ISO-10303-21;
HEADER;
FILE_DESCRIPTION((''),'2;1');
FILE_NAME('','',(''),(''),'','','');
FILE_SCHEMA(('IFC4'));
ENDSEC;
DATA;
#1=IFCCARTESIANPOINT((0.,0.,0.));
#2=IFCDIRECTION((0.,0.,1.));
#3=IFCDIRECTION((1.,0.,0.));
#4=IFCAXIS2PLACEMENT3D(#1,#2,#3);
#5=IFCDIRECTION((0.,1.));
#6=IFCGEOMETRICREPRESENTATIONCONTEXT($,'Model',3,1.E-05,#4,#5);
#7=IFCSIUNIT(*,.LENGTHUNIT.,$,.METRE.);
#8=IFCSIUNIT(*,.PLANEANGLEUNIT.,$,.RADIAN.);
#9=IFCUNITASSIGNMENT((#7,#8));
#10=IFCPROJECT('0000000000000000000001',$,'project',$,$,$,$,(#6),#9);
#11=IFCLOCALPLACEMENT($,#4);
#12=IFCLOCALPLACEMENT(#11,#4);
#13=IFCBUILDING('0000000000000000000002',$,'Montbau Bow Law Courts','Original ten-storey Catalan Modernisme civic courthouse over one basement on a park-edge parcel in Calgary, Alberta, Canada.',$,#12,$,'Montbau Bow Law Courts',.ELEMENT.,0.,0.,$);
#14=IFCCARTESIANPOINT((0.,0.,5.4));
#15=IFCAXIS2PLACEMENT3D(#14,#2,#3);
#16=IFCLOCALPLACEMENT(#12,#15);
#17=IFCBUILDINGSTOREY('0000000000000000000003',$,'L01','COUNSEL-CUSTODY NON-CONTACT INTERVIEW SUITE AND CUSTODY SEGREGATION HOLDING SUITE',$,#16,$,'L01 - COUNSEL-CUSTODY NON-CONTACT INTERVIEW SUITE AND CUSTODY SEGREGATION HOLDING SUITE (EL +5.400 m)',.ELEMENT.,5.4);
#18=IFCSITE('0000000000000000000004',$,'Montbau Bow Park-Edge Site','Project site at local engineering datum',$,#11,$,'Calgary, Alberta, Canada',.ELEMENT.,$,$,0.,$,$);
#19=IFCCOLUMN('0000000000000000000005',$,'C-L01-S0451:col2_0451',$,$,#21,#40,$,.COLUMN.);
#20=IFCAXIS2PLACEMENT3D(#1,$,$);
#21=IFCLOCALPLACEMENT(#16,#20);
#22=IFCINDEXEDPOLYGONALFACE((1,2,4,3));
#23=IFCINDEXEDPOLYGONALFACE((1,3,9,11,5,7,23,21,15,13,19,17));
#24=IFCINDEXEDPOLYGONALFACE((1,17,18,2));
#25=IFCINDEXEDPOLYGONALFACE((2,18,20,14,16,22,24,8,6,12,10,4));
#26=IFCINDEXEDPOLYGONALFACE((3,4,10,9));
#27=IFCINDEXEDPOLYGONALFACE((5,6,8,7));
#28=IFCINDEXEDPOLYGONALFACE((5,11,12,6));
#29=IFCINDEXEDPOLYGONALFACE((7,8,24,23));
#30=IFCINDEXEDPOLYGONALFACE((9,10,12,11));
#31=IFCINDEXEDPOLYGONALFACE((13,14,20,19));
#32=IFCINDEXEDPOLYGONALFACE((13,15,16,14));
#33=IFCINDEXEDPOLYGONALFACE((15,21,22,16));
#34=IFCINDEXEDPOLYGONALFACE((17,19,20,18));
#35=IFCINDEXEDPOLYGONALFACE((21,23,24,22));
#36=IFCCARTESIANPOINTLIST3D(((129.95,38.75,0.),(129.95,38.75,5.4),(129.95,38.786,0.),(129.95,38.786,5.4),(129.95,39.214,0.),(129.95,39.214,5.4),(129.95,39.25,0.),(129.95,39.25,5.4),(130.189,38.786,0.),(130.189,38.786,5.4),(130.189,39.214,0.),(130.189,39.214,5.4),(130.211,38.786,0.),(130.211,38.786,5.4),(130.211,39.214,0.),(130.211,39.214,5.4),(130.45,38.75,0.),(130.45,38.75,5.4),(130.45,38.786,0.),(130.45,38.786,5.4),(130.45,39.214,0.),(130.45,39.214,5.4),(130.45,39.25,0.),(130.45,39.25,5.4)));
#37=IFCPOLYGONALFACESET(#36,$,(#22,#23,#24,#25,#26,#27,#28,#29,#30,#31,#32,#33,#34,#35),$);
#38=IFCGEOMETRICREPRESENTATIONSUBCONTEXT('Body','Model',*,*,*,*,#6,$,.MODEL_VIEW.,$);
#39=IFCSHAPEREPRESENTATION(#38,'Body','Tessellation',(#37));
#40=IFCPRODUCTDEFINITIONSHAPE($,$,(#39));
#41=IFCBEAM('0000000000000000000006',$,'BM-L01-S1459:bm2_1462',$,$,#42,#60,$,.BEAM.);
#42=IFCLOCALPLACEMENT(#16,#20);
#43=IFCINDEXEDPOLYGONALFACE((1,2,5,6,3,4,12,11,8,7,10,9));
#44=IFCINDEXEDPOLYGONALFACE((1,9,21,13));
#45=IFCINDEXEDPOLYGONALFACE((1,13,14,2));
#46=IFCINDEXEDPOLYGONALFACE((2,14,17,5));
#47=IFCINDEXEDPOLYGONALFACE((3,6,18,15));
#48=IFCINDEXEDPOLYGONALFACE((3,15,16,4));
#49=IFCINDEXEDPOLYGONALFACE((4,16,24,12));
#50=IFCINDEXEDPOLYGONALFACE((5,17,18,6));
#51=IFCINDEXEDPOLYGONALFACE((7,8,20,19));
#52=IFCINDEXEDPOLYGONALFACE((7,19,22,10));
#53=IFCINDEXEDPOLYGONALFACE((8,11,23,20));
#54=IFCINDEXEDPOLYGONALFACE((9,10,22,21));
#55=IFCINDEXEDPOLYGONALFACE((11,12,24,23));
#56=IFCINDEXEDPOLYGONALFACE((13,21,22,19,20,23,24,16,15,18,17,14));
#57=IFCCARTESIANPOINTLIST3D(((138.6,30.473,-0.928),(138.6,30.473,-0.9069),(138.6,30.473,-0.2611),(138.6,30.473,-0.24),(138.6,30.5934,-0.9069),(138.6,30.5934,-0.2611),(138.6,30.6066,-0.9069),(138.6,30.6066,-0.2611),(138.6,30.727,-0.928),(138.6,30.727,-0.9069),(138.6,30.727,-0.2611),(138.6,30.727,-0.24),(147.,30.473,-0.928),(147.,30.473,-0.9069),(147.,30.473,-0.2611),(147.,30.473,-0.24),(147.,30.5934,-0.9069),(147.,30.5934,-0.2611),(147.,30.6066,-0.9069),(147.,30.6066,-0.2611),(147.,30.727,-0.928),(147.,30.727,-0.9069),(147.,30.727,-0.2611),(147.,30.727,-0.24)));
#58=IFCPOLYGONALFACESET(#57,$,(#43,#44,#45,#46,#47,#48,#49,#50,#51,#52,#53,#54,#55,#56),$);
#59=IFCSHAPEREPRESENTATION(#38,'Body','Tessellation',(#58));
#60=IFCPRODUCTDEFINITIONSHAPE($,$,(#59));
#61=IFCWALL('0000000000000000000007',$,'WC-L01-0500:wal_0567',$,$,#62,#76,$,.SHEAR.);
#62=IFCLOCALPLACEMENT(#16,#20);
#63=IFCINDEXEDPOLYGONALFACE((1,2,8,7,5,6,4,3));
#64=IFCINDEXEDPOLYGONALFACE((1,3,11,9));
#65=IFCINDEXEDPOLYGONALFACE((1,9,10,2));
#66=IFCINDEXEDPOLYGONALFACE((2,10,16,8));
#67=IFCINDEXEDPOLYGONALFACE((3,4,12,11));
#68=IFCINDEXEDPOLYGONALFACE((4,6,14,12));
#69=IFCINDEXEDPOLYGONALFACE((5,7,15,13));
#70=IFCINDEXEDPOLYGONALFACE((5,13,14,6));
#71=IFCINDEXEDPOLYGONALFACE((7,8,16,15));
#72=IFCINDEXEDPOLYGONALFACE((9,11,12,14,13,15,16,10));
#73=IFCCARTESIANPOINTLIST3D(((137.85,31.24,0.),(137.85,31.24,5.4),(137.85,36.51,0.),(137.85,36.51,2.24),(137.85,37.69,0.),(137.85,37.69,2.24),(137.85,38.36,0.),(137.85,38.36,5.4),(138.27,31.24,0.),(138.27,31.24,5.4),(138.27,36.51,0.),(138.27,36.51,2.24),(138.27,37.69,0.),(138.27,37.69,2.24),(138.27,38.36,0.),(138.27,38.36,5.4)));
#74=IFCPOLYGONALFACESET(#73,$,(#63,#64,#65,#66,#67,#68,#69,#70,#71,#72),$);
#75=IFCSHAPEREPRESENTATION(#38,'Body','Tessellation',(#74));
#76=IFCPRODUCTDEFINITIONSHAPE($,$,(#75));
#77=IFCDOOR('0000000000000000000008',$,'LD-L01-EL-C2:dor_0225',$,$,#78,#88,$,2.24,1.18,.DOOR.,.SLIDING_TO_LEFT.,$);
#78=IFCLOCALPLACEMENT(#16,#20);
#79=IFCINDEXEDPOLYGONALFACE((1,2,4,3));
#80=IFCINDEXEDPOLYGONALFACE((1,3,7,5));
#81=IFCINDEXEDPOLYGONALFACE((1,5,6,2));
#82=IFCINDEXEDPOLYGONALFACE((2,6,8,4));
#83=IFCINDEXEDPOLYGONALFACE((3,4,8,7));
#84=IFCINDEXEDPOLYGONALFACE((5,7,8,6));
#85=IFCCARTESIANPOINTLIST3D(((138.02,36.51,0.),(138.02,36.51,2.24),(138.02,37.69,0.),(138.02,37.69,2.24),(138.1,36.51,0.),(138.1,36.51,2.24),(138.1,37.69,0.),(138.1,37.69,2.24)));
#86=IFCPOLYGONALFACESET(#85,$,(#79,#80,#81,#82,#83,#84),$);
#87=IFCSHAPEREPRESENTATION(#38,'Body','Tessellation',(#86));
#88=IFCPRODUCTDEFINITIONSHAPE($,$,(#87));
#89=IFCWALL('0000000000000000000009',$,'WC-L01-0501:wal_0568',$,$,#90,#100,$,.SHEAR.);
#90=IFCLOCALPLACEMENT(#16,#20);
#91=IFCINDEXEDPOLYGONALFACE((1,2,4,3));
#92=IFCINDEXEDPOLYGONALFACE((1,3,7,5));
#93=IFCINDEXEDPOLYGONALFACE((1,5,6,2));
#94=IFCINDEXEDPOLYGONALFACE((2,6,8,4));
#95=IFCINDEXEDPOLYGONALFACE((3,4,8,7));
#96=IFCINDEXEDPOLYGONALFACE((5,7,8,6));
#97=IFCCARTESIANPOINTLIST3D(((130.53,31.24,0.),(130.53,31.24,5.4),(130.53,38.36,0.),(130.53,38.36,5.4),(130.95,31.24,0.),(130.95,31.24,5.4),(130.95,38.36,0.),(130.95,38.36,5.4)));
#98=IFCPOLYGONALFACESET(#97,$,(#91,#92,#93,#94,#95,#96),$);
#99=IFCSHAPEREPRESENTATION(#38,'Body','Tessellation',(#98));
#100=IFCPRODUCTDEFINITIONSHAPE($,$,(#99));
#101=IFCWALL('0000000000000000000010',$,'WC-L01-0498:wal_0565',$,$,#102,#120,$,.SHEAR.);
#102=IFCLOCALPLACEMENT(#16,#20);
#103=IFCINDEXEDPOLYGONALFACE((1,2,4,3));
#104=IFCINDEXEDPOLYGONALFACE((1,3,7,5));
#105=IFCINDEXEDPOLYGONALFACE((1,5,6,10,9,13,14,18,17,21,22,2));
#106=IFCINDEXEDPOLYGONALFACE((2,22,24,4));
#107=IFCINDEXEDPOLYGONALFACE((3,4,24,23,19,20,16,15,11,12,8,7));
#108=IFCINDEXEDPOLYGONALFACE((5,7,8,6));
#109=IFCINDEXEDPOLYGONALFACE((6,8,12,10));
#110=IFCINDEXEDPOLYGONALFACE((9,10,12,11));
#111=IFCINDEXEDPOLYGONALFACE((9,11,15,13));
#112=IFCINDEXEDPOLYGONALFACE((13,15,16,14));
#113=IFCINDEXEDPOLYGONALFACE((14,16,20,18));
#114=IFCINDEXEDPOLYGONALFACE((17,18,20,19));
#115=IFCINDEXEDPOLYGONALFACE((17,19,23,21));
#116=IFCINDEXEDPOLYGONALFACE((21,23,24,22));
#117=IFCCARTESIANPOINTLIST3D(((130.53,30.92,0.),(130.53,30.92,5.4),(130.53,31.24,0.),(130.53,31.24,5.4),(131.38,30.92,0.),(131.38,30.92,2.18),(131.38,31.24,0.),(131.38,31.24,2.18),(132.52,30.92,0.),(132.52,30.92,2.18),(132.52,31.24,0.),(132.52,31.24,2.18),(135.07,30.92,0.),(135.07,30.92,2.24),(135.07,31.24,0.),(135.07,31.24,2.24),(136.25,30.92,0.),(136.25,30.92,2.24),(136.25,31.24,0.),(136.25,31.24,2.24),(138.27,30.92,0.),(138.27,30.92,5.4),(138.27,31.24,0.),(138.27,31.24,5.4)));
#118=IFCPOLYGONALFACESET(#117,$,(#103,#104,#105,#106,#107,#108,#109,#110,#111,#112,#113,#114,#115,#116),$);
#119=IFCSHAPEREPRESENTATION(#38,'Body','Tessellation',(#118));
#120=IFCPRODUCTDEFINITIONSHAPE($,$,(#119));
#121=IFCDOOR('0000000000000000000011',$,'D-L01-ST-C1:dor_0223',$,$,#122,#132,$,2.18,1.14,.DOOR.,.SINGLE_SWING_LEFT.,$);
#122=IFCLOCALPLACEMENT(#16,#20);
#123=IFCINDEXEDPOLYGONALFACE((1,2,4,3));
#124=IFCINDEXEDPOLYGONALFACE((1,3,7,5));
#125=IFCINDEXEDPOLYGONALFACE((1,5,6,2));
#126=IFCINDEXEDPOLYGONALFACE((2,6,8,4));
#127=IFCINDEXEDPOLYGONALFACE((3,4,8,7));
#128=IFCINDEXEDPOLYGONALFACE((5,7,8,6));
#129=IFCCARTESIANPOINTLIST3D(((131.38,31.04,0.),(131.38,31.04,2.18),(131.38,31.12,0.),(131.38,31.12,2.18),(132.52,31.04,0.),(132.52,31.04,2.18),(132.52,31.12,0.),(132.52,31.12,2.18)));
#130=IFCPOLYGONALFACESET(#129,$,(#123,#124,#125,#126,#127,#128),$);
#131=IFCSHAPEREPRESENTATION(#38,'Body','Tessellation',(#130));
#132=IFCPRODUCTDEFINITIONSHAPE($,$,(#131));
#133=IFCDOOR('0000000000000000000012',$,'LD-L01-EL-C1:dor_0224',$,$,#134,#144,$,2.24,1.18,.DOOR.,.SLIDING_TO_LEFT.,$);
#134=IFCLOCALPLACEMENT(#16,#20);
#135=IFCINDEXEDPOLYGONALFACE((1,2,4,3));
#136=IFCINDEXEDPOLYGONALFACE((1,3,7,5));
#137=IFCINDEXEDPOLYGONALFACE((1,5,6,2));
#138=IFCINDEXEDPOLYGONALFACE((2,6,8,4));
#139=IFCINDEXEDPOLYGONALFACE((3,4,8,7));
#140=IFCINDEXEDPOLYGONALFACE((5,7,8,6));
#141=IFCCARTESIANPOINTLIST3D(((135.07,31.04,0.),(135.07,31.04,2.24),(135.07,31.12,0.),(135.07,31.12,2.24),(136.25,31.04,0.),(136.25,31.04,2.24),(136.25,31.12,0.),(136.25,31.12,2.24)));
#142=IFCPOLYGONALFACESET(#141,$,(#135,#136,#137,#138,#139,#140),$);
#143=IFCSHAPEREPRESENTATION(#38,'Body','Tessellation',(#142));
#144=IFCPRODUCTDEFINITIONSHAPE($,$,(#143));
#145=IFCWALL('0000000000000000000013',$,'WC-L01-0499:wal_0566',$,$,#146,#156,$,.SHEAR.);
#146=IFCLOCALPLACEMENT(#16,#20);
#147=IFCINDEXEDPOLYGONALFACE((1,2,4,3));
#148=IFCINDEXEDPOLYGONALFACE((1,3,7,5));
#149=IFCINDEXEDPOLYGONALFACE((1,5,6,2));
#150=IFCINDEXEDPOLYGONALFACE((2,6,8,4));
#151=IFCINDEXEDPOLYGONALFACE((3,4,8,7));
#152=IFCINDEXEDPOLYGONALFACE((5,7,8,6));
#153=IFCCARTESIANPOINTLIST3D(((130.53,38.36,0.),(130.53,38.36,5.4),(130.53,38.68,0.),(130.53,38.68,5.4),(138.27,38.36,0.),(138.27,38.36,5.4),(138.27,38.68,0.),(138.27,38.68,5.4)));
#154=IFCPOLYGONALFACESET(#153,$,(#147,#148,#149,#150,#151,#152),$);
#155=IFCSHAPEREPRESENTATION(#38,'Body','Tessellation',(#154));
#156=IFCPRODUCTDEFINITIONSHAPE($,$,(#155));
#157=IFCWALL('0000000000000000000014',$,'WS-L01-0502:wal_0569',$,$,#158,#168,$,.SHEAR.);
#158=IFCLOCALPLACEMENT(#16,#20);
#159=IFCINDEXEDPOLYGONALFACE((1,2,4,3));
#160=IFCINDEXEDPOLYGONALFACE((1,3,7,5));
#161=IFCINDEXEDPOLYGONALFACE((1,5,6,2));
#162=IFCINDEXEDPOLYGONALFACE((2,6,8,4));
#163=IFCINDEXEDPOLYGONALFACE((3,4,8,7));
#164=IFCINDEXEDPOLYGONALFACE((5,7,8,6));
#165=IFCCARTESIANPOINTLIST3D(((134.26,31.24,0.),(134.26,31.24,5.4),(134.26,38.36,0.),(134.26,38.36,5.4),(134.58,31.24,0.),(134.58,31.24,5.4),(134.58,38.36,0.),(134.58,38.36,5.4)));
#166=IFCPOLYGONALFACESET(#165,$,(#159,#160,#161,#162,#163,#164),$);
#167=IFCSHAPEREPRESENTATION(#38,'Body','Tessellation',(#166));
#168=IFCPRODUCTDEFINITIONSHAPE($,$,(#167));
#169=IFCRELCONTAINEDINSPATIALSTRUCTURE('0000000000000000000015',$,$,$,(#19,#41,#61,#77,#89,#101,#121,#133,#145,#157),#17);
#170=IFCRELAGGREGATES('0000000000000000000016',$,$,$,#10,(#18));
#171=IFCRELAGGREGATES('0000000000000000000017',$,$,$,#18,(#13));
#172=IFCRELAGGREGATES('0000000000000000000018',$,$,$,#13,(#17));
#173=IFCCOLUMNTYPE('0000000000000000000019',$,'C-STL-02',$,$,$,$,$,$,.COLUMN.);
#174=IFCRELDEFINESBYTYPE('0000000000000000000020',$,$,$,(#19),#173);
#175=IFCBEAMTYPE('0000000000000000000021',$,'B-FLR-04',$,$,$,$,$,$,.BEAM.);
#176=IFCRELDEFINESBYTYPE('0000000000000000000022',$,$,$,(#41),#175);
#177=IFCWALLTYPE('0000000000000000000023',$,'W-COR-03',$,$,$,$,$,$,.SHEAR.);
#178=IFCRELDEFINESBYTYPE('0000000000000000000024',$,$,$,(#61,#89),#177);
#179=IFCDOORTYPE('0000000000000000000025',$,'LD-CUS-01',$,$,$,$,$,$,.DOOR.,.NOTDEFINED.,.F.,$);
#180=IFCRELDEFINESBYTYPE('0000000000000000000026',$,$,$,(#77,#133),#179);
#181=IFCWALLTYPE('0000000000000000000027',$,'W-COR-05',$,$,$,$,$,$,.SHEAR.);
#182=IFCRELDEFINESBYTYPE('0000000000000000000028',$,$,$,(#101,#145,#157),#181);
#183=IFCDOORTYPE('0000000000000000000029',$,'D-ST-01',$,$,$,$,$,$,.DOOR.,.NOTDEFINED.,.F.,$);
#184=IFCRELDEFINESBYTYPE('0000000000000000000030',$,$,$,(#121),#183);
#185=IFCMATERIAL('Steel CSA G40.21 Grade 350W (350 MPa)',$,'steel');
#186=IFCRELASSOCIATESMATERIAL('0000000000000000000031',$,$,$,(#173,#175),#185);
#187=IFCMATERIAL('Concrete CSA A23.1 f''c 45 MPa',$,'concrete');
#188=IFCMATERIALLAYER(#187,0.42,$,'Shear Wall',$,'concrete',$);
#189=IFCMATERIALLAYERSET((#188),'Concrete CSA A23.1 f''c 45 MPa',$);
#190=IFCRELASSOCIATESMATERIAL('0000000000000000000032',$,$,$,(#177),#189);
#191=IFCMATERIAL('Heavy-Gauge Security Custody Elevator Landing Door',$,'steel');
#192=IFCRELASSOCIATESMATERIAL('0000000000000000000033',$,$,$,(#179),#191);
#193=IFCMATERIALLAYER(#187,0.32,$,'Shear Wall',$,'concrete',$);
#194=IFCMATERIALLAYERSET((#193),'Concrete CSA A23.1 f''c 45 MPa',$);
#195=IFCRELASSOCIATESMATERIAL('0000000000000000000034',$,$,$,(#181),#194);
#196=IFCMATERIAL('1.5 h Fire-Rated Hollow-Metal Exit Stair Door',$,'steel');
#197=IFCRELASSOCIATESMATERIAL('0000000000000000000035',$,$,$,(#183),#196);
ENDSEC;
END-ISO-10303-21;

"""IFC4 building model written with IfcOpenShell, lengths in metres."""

from ifc_helpers import new_model, si_unit, direction, frame, frame_2d, origin_with_axes, origin_2d_with_axis, place, context, subcontext, project, spatial, rectangle, i_section, extrude, material, layer, layer_set, material_profile, profile_set, type_object, element, fill, save


model = new_model("IFC4")

# Units and contexts
model_context = context("Model", 3, precision=1e-05, world=origin_with_axes(), true_north=direction((0.0, 1.0)))
body_context = subcontext(model_context, "Body", "Model", "MODEL_VIEW")
ifc_project = project(units=[si_unit("LENGTHUNIT", "METRE"), si_unit("PLANEANGLEUNIT", "RADIAN")], contexts=[model_context])

# Site, building, storey
site_placement = place(None, origin_with_axes())
site = spatial("IfcSite", under=ifc_project, at=site_placement, Name="Montbau Bow Park-Edge Site", Description="Project site at local engineering datum", LongName="Calgary, Alberta, Canada", CompositionType="ELEMENT", RefElevation=0.0)
building_placement = place(site_placement, origin_with_axes())
building = spatial("IfcBuilding", under=site, at=building_placement, Name="Montbau Bow Law Courts", Description="Original ten-storey Catalan Modernisme civic courthouse over one basement on a park-edge parcel in Calgary, Alberta, Canada.", LongName="Montbau Bow Law Courts", CompositionType="ELEMENT", ElevationOfRefHeight=0.0, ElevationOfTerrain=0.0)
storey_placement = place(building_placement, frame((0.0, 0.0, 5.4), z_axis=(0.0, 0.0, 1.0), x_axis=(1.0, 0.0, 0.0)))
storey = spatial("IfcBuildingStorey", under=building, at=storey_placement, Name="L01", Description="COUNSEL-CUSTODY NON-CONTACT INTERVIEW SUITE AND CUSTODY SEGREGATION HOLDING SUITE", LongName="L01 - COUNSEL-CUSTODY NON-CONTACT INTERVIEW SUITE AND CUSTODY SEGREGATION HOLDING SUITE (EL +5.400 m)", CompositionType="ELEMENT", Elevation=5.4)

# Column
ifc_material_1 = material(Name="Steel CSA G40.21 Grade 350W (350 MPa)", Category="steel")
ifc_material_profile_1 = material_profile(ifc_material_1, i_section(OverallWidth=0.5, OverallDepth=0.5, WebThickness=0.022, FlangeThickness=0.036, at=origin_2d_with_axis()), Name="WWF500X343", Category="Main", Priority=0)
ifc_profile_set_1 = profile_set([ifc_material_profile_1], Name="Steel CSA G40.21 Grade 350W (350 MPa)")
column_type = type_object("IfcColumnType", Name="C-STL-02", PredefinedType="COLUMN", material=ifc_profile_set_1)
column_placement = place(None, frame((130.2, 39.0, 5.4), z_axis=(0.0, 0.0, 1.0), x_axis=(1.0, 0.0, 0.0)))
element("IfcColumn", 1, at=column_placement, inside=storey, type_object=column_type, Name="C-L01-S0451:col2_0451", PredefinedType="COLUMN", context=body_context, shape_type="SweptSolid", body=[
    extrude(i_section(OverallWidth=0.5, OverallDepth=0.5, WebThickness=0.022, FlangeThickness=0.036, at=origin_2d_with_axis()), origin_with_axes(), (0.0, 0.0, 1.0), 5.4),
])

# Beam
ifc_material_profile_2 = material_profile(ifc_material_1, i_section(OverallWidth=0.254, OverallDepth=0.688, WebThickness=0.0131, FlangeThickness=0.0211, at=origin_2d_with_axis()), Name="W690X152", Category="Main", Priority=0)
ifc_profile_set_2 = profile_set([ifc_material_profile_2], Name="Steel CSA G40.21 Grade 350W (350 MPa)")
beam_type = type_object("IfcBeamType", Name="B-FLR-04", PredefinedType="BEAM", material=ifc_profile_set_2)
beam_placement = place(None, frame((138.6, 30.6, 4.816), z_axis=(1.0, 0.0, 0.0), x_axis=(0.0, 1.0, 0.0)))
element("IfcBeam", 2, at=beam_placement, inside=storey, type_object=beam_type, Name="BM-L01-S1459:bm2_1462", PredefinedType="BEAM", context=body_context, shape_type="SweptSolid", body=[
    extrude(i_section(OverallWidth=0.254, OverallDepth=0.688, WebThickness=0.0131, FlangeThickness=0.0211, at=origin_2d_with_axis()), origin_with_axes(), (0.0, 0.0, 1.0), 8.4),
])

# Wall, opening, door
ifc_material_2 = material(Name="Concrete CSA A23.1 f'c 45 MPa", Category="concrete")
ifc_layer_1 = layer(ifc_material_2, 0.42, Name="Shear Wall", Category="concrete")
ifc_layer_set_1 = layer_set([ifc_layer_1], Name="Concrete CSA A23.1 f'c 45 MPa")
wall_type_1 = type_object("IfcWallType", Name="W-COR-03", PredefinedType="SHEAR", material=ifc_layer_set_1)
wall_1_placement = place(None, frame((138.06, 31.24, 5.4), z_axis=(0.0, 0.0, 1.0), x_axis=(0.0, 1.0, 0.0)))
wall_1 = element("IfcWall", 3, at=wall_1_placement, inside=storey, type_object=wall_type_1, Name="WC-L01-0500:wal_0567", PredefinedType="SHEAR", context=body_context, shape_type="SweptSolid", body=[
    extrude(rectangle(XDim=7.12, YDim=0.42, at=frame_2d((3.56, 0.0), x_axis=(1.0, 0.0))), origin_with_axes(), (0.0, 0.0, 1.0), 5.4),
])
opening_1_placement = place(None, frame((138.06, 37.1, 5.4), z_axis=(0.0, 0.0, 1.0), x_axis=(0.0, 1.0, 0.0)))
opening_1 = element("IfcOpeningElement", 4, at=opening_1_placement, cuts=wall_1, PredefinedType="OPENING", context=body_context, shape_type="SweptSolid", body=[
    extrude(rectangle(XDim=1.18, YDim=2.24, at=frame_2d((0.0, 1.12), x_axis=(1.0, 0.0))), frame((0.0, 0.22, 0.0), z_axis=(0.0, -1.0, 0.0), x_axis=(1.0, 0.0, 0.0)), (0.0, 0.0, 1.0), 0.44),
])
ifc_material_3 = material(Name="Heavy-Gauge Security Custody Elevator Landing Door", Category="steel")
door_type_1 = type_object("IfcDoorType", Name="LD-CUS-01", OperationType="NOTDEFINED", ParameterTakesPrecedence=False, PredefinedType="DOOR", material=ifc_material_3)
door_1_placement = place(None, frame((138.06, 37.1, 5.4), z_axis=(0.0, 0.0, 1.0), x_axis=(0.0, 1.0, 0.0)))
door_1 = element("IfcDoor", 5, at=door_1_placement, inside=storey, type_object=door_type_1, Name="LD-L01-EL-C2:dor_0225", OperationType="SLIDING_TO_LEFT", OverallHeight=2.24, OverallWidth=1.18, PredefinedType="DOOR", context=body_context, shape_type="SweptSolid", body=[
    extrude(rectangle(XDim=1.18, YDim=2.24, at=frame_2d((0.0, 1.12), x_axis=(1.0, 0.0))), frame((0.0, 0.04, 0.0), z_axis=(0.0, -1.0, 0.0), x_axis=(1.0, 0.0, 0.0)), (0.0, 0.0, 1.0), 0.08),
])
fill(opening_1, door_1)

# Wall
wall_2_placement = place(None, frame((130.74, 38.36, 5.4), z_axis=(0.0, 0.0, 1.0), x_axis=(0.0, -1.0, 0.0)))
element("IfcWall", 6, at=wall_2_placement, inside=storey, type_object=wall_type_1, Name="WC-L01-0501:wal_0568", PredefinedType="SHEAR", context=body_context, shape_type="SweptSolid", body=[
    extrude(rectangle(XDim=7.12, YDim=0.42, at=frame_2d((3.56, 0.0), x_axis=(1.0, 0.0))), origin_with_axes(), (0.0, 0.0, 1.0), 5.4),
])

# Wall, openings, doors
ifc_layer_2 = layer(ifc_material_2, 0.32, Name="Shear Wall", Category="concrete")
ifc_layer_set_2 = layer_set([ifc_layer_2], Name="Concrete CSA A23.1 f'c 45 MPa")
wall_type_2 = type_object("IfcWallType", Name="W-COR-05", PredefinedType="SHEAR", material=ifc_layer_set_2)
wall_3_placement = place(None, frame((130.53, 31.08, 5.4), z_axis=(0.0, 0.0, 1.0), x_axis=(1.0, 0.0, 0.0)))
wall_3 = element("IfcWall", 7, at=wall_3_placement, inside=storey, type_object=wall_type_2, Name="WC-L01-0498:wal_0565", PredefinedType="SHEAR", context=body_context, shape_type="SweptSolid", body=[
    extrude(rectangle(XDim=7.74, YDim=0.32, at=frame_2d((3.87, 0.0), x_axis=(1.0, 0.0))), origin_with_axes(), (0.0, 0.0, 1.0), 5.4),
])
opening_2_placement = place(None, frame((131.95, 31.08, 5.4), z_axis=(0.0, 0.0, 1.0), x_axis=(1.0, 0.0, 0.0)))
opening_2 = element("IfcOpeningElement", 8, at=opening_2_placement, cuts=wall_3, PredefinedType="OPENING", context=body_context, shape_type="SweptSolid", body=[
    extrude(rectangle(XDim=1.14, YDim=2.18, at=frame_2d((0.0, 1.09), x_axis=(1.0, 0.0))), frame((0.0, 0.17, 0.0), z_axis=(0.0, -1.0, 0.0), x_axis=(1.0, 0.0, 0.0)), (0.0, 0.0, 1.0), 0.34),
])
opening_3_placement = place(None, frame((135.66, 31.08, 5.4), z_axis=(0.0, 0.0, 1.0), x_axis=(1.0, 0.0, 0.0)))
opening_3 = element("IfcOpeningElement", 9, at=opening_3_placement, cuts=wall_3, PredefinedType="OPENING", context=body_context, shape_type="SweptSolid", body=[
    extrude(rectangle(XDim=1.18, YDim=2.24, at=frame_2d((0.0, 1.12), x_axis=(1.0, 0.0))), frame((0.0, 0.17, 0.0), z_axis=(0.0, -1.0, 0.0), x_axis=(1.0, 0.0, 0.0)), (0.0, 0.0, 1.0), 0.34),
])
ifc_material_4 = material(Name="1.5 h Fire-Rated Hollow-Metal Exit Stair Door", Category="steel")
door_type_2 = type_object("IfcDoorType", Name="D-ST-01", OperationType="NOTDEFINED", ParameterTakesPrecedence=False, PredefinedType="DOOR", material=ifc_material_4)
door_2_placement = place(None, frame((131.95, 31.08, 5.4), z_axis=(0.0, 0.0, 1.0), x_axis=(-1.0, 0.0, 0.0)))
door_2 = element("IfcDoor", 10, at=door_2_placement, inside=storey, type_object=door_type_2, Name="D-L01-ST-C1:dor_0223", OperationType="SINGLE_SWING_LEFT", OverallHeight=2.18, OverallWidth=1.14, PredefinedType="DOOR", context=body_context, shape_type="SweptSolid", body=[
    extrude(rectangle(XDim=1.14, YDim=2.18, at=frame_2d((0.0, 1.09), x_axis=(1.0, 0.0))), frame((0.0, 0.04, 0.0), z_axis=(0.0, -1.0, 0.0), x_axis=(1.0, 0.0, 0.0)), (0.0, 0.0, 1.0), 0.08),
])
fill(opening_2, door_2)
door_3_placement = place(None, frame((135.66, 31.08, 5.4), z_axis=(0.0, 0.0, 1.0), x_axis=(-1.0, 0.0, 0.0)))
door_3 = element("IfcDoor", 11, at=door_3_placement, inside=storey, type_object=door_type_1, Name="LD-L01-EL-C1:dor_0224", OperationType="SLIDING_TO_LEFT", OverallHeight=2.24, OverallWidth=1.18, PredefinedType="DOOR", context=body_context, shape_type="SweptSolid", body=[
    extrude(rectangle(XDim=1.18, YDim=2.24, at=frame_2d((0.0, 1.12), x_axis=(1.0, 0.0))), frame((0.0, 0.04, 0.0), z_axis=(0.0, -1.0, 0.0), x_axis=(1.0, 0.0, 0.0)), (0.0, 0.0, 1.0), 0.08),
])
fill(opening_3, door_3)

# Walls
wall_4_placement = place(None, frame((138.27, 38.52, 5.4), z_axis=(0.0, 0.0, 1.0), x_axis=(-1.0, 0.0, 0.0)))
element("IfcWall", 12, at=wall_4_placement, inside=storey, type_object=wall_type_2, Name="WC-L01-0499:wal_0566", PredefinedType="SHEAR", context=body_context, shape_type="SweptSolid", body=[
    extrude(rectangle(XDim=7.74, YDim=0.32, at=frame_2d((3.87, 0.0), x_axis=(1.0, 0.0))), origin_with_axes(), (0.0, 0.0, 1.0), 5.4),
])
wall_5_placement = place(None, frame((134.42, 31.24, 5.4), z_axis=(0.0, 0.0, 1.0), x_axis=(0.0, 1.0, 0.0)))
element("IfcWall", 13, at=wall_5_placement, inside=storey, type_object=wall_type_2, Name="WS-L01-0502:wal_0569", PredefinedType="SHEAR", context=body_context, shape_type="SweptSolid", body=[
    extrude(rectangle(XDim=7.12, YDim=0.32, at=frame_2d((3.56, 0.0), x_axis=(1.0, 0.0))), origin_with_axes(), (0.0, 0.0, 1.0), 5.4),
])

save(model, "model.ifc")
